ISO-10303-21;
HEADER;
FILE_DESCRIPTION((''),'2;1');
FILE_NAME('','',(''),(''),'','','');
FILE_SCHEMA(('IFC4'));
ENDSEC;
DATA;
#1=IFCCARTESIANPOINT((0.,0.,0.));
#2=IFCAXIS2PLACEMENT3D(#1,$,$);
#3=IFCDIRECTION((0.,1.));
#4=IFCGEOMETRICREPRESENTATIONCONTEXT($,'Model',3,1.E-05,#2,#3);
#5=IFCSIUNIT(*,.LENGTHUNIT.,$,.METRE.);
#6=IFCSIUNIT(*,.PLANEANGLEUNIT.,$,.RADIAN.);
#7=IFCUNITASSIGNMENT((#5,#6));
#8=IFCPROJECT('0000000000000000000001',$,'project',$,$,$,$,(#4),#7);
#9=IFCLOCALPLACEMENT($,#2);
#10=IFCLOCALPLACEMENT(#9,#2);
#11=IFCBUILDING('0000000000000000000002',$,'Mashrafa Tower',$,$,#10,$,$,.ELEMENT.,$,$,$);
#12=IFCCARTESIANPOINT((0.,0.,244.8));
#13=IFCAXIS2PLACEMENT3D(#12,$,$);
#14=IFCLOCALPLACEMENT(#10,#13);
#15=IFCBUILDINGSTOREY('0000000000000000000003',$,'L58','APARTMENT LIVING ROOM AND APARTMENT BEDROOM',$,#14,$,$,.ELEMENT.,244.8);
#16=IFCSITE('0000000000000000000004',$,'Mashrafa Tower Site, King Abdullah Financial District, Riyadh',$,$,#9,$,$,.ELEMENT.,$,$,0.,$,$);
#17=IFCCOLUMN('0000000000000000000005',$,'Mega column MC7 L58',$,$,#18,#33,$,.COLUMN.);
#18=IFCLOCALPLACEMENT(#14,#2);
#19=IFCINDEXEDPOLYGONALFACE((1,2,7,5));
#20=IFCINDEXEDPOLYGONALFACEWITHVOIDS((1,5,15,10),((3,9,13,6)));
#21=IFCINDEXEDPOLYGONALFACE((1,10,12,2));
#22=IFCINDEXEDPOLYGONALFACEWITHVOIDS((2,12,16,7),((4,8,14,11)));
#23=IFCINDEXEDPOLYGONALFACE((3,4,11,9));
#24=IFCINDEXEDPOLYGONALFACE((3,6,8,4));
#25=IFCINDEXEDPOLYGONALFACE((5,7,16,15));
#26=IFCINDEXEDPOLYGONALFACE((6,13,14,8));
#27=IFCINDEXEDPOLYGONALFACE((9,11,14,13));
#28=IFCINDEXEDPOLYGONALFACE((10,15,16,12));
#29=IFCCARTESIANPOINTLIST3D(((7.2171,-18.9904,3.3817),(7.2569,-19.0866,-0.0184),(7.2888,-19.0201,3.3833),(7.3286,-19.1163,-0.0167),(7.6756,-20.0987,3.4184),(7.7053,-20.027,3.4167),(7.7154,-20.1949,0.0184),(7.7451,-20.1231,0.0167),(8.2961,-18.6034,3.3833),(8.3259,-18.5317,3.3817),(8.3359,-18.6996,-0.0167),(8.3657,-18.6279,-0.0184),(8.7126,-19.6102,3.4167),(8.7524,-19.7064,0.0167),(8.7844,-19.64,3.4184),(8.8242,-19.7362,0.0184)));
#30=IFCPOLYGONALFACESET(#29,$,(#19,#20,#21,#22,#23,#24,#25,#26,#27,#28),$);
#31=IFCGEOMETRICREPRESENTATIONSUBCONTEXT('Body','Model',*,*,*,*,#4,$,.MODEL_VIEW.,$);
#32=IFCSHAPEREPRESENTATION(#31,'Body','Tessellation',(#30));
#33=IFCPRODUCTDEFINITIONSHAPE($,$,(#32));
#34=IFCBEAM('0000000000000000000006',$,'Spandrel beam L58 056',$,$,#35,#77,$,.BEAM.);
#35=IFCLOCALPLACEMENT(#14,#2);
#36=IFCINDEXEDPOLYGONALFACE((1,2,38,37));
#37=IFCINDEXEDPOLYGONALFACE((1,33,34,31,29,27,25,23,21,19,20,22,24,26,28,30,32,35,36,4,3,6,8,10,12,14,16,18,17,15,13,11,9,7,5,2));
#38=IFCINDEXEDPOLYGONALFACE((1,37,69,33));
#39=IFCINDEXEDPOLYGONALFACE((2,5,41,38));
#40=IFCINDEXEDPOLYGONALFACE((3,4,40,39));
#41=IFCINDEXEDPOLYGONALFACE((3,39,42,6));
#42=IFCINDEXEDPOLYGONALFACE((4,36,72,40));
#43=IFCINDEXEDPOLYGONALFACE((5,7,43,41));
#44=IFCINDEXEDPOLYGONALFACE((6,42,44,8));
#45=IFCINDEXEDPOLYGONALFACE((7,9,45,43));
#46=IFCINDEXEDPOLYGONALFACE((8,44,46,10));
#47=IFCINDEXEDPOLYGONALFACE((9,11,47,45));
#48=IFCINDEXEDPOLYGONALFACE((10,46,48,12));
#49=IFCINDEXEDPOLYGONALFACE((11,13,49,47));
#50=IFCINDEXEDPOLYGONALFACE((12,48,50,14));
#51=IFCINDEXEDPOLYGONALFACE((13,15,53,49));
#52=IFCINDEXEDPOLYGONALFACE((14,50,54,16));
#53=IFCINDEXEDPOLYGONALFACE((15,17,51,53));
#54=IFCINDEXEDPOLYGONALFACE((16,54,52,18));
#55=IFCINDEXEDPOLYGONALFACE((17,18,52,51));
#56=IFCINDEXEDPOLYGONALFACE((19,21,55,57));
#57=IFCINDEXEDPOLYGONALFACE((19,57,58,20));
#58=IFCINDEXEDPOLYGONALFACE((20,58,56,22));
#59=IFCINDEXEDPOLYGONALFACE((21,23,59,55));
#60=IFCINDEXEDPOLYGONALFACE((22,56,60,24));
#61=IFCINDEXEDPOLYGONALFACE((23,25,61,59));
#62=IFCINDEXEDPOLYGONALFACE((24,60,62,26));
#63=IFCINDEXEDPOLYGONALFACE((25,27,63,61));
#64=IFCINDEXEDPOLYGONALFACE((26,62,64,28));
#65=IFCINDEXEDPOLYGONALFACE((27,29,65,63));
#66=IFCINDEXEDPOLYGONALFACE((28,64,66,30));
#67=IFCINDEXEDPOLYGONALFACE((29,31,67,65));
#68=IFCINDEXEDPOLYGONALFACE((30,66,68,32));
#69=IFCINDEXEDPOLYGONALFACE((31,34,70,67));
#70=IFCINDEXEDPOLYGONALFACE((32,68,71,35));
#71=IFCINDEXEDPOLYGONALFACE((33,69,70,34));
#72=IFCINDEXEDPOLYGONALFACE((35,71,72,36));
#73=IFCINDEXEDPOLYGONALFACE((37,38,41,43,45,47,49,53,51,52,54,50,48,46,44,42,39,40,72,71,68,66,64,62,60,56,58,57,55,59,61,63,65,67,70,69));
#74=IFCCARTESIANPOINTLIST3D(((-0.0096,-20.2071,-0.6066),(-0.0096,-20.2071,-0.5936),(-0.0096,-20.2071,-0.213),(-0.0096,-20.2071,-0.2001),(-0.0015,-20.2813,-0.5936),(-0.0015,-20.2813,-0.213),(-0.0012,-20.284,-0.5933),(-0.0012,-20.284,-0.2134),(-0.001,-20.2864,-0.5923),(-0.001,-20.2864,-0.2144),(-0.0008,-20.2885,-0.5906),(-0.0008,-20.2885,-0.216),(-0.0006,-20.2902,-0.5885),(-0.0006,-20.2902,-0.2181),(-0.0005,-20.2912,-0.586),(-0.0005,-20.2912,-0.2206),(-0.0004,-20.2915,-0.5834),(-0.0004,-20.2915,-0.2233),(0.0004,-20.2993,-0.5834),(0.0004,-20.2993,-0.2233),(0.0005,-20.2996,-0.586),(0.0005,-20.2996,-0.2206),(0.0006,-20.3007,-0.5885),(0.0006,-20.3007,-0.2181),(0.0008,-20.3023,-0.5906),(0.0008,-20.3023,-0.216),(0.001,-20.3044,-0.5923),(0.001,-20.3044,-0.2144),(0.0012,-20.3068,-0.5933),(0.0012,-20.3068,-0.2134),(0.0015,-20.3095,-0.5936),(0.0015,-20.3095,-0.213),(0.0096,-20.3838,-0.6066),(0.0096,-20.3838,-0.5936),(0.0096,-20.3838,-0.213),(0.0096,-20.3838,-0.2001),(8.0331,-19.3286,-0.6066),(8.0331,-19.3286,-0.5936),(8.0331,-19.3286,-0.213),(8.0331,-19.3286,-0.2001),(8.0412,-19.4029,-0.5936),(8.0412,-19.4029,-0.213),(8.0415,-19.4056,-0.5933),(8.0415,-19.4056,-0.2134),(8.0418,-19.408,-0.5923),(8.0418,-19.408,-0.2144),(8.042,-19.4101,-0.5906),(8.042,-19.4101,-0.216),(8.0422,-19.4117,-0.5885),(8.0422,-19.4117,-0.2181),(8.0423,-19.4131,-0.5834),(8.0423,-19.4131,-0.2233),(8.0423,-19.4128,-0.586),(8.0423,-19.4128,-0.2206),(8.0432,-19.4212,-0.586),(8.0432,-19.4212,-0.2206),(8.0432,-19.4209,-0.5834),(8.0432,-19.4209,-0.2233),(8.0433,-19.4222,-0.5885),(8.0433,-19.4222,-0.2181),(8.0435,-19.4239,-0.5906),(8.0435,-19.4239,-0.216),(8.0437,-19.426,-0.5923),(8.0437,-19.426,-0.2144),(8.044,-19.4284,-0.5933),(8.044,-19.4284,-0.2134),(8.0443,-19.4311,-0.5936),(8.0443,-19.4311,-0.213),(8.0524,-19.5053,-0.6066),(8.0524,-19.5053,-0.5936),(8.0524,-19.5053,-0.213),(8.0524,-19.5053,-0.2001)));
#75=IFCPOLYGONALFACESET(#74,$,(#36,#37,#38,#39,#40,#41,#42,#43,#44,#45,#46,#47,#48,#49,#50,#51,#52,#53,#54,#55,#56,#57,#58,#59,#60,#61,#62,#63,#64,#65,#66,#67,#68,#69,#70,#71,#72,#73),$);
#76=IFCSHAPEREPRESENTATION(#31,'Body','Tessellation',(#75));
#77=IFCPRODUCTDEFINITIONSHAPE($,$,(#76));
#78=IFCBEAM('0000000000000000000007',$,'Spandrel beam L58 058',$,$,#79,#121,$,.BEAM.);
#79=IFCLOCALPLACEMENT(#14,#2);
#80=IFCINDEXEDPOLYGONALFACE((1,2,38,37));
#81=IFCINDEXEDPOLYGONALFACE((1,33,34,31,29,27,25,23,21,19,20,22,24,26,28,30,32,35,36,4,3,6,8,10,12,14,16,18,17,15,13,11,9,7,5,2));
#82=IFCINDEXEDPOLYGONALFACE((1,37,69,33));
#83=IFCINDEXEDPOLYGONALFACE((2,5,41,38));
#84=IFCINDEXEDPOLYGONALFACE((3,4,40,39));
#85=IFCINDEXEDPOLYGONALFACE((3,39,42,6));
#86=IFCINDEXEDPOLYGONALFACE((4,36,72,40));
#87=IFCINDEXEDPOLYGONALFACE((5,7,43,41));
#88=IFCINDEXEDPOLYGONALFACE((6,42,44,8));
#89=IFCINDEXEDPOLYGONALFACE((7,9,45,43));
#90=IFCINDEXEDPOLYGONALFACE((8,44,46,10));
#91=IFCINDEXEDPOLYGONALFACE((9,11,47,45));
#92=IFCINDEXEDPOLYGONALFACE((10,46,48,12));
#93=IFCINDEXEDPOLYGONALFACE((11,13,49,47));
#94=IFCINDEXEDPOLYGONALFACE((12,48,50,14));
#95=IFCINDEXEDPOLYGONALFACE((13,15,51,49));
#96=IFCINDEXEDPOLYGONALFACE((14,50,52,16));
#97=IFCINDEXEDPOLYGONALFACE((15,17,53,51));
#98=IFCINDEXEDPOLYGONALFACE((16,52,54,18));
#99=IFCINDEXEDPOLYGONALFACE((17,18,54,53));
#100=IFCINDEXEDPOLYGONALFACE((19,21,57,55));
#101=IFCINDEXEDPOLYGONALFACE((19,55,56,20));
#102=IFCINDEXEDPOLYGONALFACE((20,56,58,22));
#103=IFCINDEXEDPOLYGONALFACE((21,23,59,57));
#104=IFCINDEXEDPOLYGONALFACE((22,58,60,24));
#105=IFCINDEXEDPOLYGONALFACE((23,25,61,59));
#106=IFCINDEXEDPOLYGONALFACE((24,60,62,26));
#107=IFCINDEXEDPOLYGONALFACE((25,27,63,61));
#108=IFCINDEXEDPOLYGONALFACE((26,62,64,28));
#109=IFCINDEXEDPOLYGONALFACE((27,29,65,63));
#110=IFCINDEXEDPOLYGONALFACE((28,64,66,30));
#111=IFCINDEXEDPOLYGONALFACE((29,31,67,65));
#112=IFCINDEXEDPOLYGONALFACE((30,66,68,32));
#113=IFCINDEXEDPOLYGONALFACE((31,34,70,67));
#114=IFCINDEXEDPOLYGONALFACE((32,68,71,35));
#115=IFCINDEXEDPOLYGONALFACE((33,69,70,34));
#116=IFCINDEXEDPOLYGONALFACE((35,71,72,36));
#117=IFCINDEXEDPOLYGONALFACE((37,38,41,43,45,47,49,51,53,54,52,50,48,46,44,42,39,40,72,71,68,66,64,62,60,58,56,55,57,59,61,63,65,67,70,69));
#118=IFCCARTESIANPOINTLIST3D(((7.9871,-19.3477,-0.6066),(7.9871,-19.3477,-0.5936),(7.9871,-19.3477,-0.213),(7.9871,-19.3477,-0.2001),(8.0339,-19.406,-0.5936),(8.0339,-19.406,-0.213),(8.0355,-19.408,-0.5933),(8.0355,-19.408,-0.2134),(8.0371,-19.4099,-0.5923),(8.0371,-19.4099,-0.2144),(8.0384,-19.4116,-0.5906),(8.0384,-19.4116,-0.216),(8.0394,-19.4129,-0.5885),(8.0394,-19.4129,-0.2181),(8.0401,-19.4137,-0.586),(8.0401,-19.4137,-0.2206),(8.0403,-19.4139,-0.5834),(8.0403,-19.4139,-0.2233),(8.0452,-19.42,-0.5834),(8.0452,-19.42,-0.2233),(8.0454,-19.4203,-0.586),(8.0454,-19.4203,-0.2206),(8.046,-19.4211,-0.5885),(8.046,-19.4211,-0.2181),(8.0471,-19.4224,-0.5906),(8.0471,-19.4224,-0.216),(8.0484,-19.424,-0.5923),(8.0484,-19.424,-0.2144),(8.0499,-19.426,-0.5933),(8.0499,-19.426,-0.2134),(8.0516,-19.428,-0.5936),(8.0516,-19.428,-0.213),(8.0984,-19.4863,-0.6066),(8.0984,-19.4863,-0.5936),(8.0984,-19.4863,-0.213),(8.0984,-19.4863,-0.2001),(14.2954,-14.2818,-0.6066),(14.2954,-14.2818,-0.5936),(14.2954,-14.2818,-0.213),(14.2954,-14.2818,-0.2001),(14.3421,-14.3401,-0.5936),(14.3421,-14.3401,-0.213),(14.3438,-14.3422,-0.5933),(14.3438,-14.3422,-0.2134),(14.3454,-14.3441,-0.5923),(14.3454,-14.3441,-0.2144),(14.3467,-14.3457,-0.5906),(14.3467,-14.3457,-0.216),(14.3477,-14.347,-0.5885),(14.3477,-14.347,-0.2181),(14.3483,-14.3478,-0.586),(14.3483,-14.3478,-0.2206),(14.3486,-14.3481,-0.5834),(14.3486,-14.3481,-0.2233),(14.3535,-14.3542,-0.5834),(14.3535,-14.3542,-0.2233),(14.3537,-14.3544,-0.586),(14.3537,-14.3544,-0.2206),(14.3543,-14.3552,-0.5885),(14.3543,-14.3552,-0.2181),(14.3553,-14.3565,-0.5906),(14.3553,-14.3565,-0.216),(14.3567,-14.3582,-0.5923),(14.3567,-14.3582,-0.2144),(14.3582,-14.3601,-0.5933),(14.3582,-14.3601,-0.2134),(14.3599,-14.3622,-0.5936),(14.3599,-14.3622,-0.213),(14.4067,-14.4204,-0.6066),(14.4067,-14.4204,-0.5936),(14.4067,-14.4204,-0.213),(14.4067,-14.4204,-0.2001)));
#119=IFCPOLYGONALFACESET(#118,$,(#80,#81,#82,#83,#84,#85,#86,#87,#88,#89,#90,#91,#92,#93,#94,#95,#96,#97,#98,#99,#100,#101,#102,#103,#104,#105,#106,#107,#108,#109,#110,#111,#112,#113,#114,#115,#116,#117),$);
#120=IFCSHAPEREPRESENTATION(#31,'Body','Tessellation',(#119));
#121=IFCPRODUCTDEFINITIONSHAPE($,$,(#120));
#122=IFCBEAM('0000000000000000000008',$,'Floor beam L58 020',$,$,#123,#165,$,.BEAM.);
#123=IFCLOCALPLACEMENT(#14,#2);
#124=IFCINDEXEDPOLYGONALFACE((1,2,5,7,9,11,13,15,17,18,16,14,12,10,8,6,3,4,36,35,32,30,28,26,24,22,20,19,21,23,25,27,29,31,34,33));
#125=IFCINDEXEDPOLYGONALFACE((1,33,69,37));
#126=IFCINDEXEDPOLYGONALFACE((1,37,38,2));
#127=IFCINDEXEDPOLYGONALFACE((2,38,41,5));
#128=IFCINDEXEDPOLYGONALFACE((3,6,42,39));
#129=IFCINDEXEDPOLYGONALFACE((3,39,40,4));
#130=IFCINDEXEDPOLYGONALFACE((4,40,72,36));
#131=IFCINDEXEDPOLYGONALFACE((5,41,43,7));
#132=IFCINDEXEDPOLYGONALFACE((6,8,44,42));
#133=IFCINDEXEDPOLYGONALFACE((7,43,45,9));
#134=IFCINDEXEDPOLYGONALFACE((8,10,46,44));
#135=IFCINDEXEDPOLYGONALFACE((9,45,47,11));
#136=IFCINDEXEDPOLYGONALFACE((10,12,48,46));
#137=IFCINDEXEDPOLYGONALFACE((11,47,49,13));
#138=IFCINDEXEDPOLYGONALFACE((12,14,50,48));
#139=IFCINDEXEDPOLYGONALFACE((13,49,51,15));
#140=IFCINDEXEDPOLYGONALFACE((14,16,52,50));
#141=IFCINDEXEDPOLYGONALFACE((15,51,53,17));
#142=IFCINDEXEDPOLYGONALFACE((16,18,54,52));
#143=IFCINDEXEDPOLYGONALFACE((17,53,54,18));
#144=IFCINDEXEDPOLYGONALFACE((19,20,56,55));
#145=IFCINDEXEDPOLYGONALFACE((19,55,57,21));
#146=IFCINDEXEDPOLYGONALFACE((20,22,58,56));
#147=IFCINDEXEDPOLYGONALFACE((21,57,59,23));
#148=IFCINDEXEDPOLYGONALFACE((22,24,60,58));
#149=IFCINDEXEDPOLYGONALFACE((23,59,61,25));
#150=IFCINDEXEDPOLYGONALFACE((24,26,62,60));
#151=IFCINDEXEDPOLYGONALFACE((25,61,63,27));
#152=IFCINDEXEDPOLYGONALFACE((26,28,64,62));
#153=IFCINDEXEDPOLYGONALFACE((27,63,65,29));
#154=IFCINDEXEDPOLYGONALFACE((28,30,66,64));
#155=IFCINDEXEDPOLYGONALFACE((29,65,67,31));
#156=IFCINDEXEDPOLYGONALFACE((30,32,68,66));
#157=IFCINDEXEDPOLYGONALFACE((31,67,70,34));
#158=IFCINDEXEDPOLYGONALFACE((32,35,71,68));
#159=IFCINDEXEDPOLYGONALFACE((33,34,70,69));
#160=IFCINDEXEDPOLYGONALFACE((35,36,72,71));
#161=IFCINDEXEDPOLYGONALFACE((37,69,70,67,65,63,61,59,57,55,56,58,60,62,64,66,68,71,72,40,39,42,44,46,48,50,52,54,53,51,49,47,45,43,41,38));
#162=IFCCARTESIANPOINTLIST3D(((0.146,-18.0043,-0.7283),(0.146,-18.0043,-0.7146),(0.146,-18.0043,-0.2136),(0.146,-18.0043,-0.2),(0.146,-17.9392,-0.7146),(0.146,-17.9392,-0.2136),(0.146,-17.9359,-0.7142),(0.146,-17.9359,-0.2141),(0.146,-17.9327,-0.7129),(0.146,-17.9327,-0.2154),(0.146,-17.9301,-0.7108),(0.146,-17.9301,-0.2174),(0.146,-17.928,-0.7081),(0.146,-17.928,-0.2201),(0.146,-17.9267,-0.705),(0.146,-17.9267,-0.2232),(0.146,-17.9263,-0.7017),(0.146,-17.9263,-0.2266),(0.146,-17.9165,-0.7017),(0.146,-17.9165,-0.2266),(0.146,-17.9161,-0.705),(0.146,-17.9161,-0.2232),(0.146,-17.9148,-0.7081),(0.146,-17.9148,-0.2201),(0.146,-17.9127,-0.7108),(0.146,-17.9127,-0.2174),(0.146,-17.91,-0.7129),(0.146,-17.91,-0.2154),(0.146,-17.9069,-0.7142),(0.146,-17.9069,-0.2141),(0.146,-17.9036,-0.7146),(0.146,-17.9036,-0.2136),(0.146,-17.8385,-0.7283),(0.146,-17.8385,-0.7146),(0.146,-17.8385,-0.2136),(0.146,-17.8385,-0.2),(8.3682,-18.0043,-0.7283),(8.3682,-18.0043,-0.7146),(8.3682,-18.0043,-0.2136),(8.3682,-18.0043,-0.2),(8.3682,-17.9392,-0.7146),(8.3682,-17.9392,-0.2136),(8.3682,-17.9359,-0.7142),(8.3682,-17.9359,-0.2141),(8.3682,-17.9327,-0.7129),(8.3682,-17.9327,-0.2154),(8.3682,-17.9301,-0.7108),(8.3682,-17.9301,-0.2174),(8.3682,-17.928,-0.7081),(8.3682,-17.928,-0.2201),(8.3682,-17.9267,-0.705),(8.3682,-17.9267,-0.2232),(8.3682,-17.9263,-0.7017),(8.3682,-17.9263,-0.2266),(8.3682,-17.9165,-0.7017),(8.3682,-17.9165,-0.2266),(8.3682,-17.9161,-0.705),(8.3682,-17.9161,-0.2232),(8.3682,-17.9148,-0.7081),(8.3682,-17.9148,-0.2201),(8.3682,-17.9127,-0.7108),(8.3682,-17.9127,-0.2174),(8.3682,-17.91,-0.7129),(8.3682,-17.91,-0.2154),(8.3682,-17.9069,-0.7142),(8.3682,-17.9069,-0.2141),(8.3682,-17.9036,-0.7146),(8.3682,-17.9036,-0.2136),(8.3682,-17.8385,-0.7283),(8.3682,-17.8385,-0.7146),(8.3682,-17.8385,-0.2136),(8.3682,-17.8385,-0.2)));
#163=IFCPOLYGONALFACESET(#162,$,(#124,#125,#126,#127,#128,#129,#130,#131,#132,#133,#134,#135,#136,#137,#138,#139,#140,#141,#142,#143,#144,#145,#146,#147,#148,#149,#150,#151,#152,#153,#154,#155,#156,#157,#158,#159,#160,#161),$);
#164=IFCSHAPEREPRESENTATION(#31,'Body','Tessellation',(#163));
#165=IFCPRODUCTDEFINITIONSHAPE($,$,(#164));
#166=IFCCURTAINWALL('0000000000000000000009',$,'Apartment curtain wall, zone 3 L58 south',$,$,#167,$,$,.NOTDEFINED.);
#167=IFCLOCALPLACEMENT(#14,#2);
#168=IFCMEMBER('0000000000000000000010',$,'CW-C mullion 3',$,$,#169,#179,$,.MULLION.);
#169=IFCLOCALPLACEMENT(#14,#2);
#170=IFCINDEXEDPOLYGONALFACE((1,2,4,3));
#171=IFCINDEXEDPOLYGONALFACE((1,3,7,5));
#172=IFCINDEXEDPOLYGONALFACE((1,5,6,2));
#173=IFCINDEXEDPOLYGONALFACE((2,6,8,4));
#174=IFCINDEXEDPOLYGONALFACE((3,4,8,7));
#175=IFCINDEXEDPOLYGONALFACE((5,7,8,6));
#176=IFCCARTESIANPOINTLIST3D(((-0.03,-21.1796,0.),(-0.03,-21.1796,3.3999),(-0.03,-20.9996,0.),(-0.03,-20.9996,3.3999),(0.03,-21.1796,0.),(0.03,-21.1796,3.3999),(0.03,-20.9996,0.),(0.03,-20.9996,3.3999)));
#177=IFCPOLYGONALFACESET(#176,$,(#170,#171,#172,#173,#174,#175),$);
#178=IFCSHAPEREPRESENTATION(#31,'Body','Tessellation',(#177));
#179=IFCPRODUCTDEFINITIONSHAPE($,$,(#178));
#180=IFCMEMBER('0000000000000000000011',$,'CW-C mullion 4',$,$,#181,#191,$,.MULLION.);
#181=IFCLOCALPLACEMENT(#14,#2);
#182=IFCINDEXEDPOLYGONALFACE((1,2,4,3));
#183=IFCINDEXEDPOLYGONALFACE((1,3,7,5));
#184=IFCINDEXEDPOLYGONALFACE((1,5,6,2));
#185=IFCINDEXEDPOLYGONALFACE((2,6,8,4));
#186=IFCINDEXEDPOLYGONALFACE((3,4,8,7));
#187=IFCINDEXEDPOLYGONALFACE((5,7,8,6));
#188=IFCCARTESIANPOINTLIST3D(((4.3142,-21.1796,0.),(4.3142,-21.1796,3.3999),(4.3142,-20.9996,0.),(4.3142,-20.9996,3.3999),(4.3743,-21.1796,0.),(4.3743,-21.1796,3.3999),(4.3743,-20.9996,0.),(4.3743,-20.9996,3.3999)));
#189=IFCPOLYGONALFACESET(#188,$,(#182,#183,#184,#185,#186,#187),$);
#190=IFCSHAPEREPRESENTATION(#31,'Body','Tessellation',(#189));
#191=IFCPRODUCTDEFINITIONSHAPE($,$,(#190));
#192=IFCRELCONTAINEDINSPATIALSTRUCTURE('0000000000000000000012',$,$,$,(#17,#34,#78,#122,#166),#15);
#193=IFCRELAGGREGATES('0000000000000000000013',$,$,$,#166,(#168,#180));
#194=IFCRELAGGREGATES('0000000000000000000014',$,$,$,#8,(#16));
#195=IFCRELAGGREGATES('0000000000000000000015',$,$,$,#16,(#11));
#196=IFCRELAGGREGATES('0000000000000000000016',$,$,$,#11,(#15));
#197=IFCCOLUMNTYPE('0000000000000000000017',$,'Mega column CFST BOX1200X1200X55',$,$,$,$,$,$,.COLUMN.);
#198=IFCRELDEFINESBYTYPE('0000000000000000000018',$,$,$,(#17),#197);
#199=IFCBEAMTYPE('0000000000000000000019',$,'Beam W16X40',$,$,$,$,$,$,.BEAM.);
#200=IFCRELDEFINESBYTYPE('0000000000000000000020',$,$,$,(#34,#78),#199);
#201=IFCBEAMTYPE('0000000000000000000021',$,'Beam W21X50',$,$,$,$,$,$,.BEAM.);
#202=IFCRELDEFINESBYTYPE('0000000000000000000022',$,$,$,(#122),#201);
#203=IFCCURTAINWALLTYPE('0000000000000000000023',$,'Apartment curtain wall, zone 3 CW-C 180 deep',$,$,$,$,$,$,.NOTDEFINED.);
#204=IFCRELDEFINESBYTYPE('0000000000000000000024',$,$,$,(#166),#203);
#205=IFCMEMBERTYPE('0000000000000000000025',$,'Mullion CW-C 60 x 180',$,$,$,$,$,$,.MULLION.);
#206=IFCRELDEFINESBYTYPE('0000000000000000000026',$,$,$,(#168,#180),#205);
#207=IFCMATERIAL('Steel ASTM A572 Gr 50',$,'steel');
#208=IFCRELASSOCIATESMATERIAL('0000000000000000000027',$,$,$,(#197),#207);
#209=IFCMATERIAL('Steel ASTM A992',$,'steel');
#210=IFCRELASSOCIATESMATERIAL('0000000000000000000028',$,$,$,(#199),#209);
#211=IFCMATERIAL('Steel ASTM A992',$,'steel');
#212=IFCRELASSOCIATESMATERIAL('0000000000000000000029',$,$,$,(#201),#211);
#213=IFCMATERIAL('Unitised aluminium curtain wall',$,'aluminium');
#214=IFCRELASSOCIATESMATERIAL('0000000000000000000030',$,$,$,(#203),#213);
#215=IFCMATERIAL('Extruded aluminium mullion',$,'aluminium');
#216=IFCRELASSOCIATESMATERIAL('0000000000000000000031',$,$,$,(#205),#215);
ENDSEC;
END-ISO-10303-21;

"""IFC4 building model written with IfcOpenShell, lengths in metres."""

from ifc_helpers import new_model, si_unit, direction, frame, origin, origin_2d, place, context, subcontext, project, spatial, rectangle, hollow_rectangle, i_section, extrude, source, transform, mapped, material, material_profile, profile_set, type_object, type_shapes, element, aggregate, save


model = new_model("IFC4")

# Units and contexts
model_context = context("Model", 3, precision=1e-05, world=origin(), true_north=direction((0.0, 1.0)))
body_context = subcontext(model_context, "Body", "Model", "MODEL_VIEW")
ifc_project = project(units=[si_unit("LENGTHUNIT", "METRE"), si_unit("PLANEANGLEUNIT", "RADIAN")], contexts=[model_context])

# Site, building, storey
site_placement = place(None, origin())
site = spatial("IfcSite", under=ifc_project, at=site_placement, Name="Mashrafa Tower Site, King Abdullah Financial District, Riyadh", CompositionType="ELEMENT", RefElevation=0.0)
building_placement = place(site_placement, origin())
building = spatial("IfcBuilding", under=site, at=building_placement, Name="Mashrafa Tower", CompositionType="ELEMENT")
storey_placement = place(building_placement, frame((0.0, 0.0, 244.8)))
storey = spatial("IfcBuildingStorey", under=building, at=storey_placement, Name="L58", Description="APARTMENT LIVING ROOM AND APARTMENT BEDROOM", CompositionType="ELEMENT", Elevation=244.8)

# Column
ifc_material_1 = material(Name="Steel ASTM A572 Gr 50", Category="steel")
ifc_material_profile_1 = material_profile(ifc_material_1, hollow_rectangle(XDim=1.2, YDim=1.2, WallThickness=0.0549, at=origin_2d()), Name="BOX1200X1200X55")
ifc_profile_set_1 = profile_set([ifc_material_profile_1], Name="Steel ASTM A572 Gr 50")
column_type = type_object("IfcColumnType", Name="Mega column CFST BOX1200X1200X55", PredefinedType="COLUMN", material=ifc_profile_set_1)
column_placement = place(storey_placement, frame((8.0405, -19.4114, 0.0), z_axis=(-0.011699, 0.028279, 0.999532), x_axis=(-0.924045, -0.382283, 0.0)))
element("IfcColumn", 1, at=column_placement, inside=storey, type_object=column_type, Name="Mega column MC7 L58", PredefinedType="COLUMN", context=body_context, shape_type="SweptSolid", body=[
    extrude(hollow_rectangle(XDim=1.2, YDim=1.2, WallThickness=0.0549, at=origin_2d()), origin(), (0.0, 0.0, 1.0), 3.4016),
])

# Beams
ifc_material_2 = material(Name="Steel ASTM A992", Category="steel")
ifc_material_profile_2 = material_profile(ifc_material_2, i_section(OverallWidth=0.1777, OverallDepth=0.4065, WebThickness=0.0078, FlangeThickness=0.0129, FilletRadius=0.0103, at=origin_2d()), Name="W16X40")
ifc_profile_set_2 = profile_set([ifc_material_profile_2], Name="Steel ASTM A992")
beam_type_1 = type_object("IfcBeamType", Name="Beam W16X40", PredefinedType="BEAM", material=ifc_profile_set_2)
for number, where, z_axis, x_axis, name in (
    (2, (0.0, -20.2954, -0.4033), (0.994088, 0.108573, 0.0), (-0.108573, 0.994088, 0.0), "Spandrel beam L58 056"),
    (3, (8.0427, -19.417, -0.4033), (0.779708, 0.626144, 0.0), (-0.626144, 0.779708, 0.0), "Spandrel beam L58 058"),
):
    element("IfcBeam", number, at=place(storey_placement, frame(where, z_axis=z_axis, x_axis=x_axis)), inside=storey, type_object=beam_type_1, Name=name, PredefinedType="BEAM", context=body_context, shape_type="SweptSolid", body=[
        extrude(i_section(OverallWidth=0.1777, OverallDepth=0.4065, WebThickness=0.0078, FlangeThickness=0.0129, FilletRadius=0.0103, at=origin_2d()), origin(), (0.0, 0.0, 1.0), 8.0906),
    ])
ifc_material_3 = material(Name="Steel ASTM A992", Category="steel")
ifc_material_profile_3 = material_profile(ifc_material_3, i_section(OverallWidth=0.1658, OverallDepth=0.5283, WebThickness=0.0098, FlangeThickness=0.0137, FilletRadius=0.0129, at=origin_2d()), Name="W21X50")
ifc_profile_set_3 = profile_set([ifc_material_profile_3], Name="Steel ASTM A992")
beam_type_2 = type_object("IfcBeamType", Name="Beam W21X50", PredefinedType="BEAM", material=ifc_profile_set_3)
beam_placement = place(storey_placement, frame((8.3682, -17.9214, -0.4641), z_axis=(-1.0, 0.0, 0.0), x_axis=(0.0, -1.0, 0.0)))
element("IfcBeam", 4, at=beam_placement, inside=storey, type_object=beam_type_2, Name="Floor beam L58 020", PredefinedType="BEAM", context=body_context, shape_type="SweptSolid", body=[
    extrude(i_section(OverallWidth=0.1658, OverallDepth=0.5283, WebThickness=0.0098, FlangeThickness=0.0137, FilletRadius=0.0129, at=origin_2d()), origin(), (0.0, 0.0, 1.0), 8.2222),
])

# Curtain wall, members
ifc_material_4 = material(Name="Unitised aluminium curtain wall", Category="aluminium")
curtain_wall_type = type_object("IfcCurtainWallType", Name="Apartment curtain wall, zone 3 CW-C 180 deep", PredefinedType="NOTDEFINED", material=ifc_material_4)
curtain_wall_1_placement = place(storey_placement, origin())
curtain_wall_1 = element("IfcCurtainWall", 5, at=curtain_wall_1_placement, inside=storey, type_object=curtain_wall_type, Name="Apartment curtain wall, zone 3 L58 south", PredefinedType="NOTDEFINED")
ifc_material_5 = material(Name="Extruded aluminium mullion", Category="aluminium")
ifc_material_profile_4 = material_profile(ifc_material_5, rectangle(XDim=0.1799, YDim=0.0601, at=origin_2d()), Name="Mullion 60x180")
ifc_profile_set_4 = profile_set([ifc_material_profile_4], Name="Extruded aluminium mullion")
member_type_1 = type_object("IfcMemberType", Name="Mullion CW-C 60 x 180", PredefinedType="MULLION", material=ifc_profile_set_4)
shared_shape_1 = source(origin(), body_context, "Body", "SweptSolid", [
    extrude(rectangle(XDim=0.1799, YDim=0.0601, at=origin_2d()), origin(), (0.0, 0.0, 1.0), 3.3999),
])
type_shapes(member_type_1, [shared_shape_1])
member_1_placement = place(storey_placement, frame((0.0, -21.0896, 0.0), z_axis=(0.0, 0.0, 1.0), x_axis=(0.0, 1.0, 0.0)))
member_1 = element("IfcMember", 6, at=member_1_placement, type_object=member_type_1, Name="CW-C mullion 3", PredefinedType="MULLION", context=body_context, shape_type="MappedRepresentation", body=[
    mapped(shared_shape_1, transform((0.0, 0.0, 0.0))),
])
member_2_placement = place(storey_placement, frame((4.3442, -21.0896, 0.0), z_axis=(0.0, 0.0, 1.0), x_axis=(0.0, 1.0, 0.0)))
member_2 = element("IfcMember", 7, at=member_2_placement, type_object=member_type_1, Name="CW-C mullion 4", PredefinedType="MULLION", context=body_context, shape_type="MappedRepresentation", body=[
    mapped(shared_shape_1, transform((0.0, 0.0, 0.0))),
])

aggregate(curtain_wall_1, [member_1, member_2])

save(model, "model.ifc")
